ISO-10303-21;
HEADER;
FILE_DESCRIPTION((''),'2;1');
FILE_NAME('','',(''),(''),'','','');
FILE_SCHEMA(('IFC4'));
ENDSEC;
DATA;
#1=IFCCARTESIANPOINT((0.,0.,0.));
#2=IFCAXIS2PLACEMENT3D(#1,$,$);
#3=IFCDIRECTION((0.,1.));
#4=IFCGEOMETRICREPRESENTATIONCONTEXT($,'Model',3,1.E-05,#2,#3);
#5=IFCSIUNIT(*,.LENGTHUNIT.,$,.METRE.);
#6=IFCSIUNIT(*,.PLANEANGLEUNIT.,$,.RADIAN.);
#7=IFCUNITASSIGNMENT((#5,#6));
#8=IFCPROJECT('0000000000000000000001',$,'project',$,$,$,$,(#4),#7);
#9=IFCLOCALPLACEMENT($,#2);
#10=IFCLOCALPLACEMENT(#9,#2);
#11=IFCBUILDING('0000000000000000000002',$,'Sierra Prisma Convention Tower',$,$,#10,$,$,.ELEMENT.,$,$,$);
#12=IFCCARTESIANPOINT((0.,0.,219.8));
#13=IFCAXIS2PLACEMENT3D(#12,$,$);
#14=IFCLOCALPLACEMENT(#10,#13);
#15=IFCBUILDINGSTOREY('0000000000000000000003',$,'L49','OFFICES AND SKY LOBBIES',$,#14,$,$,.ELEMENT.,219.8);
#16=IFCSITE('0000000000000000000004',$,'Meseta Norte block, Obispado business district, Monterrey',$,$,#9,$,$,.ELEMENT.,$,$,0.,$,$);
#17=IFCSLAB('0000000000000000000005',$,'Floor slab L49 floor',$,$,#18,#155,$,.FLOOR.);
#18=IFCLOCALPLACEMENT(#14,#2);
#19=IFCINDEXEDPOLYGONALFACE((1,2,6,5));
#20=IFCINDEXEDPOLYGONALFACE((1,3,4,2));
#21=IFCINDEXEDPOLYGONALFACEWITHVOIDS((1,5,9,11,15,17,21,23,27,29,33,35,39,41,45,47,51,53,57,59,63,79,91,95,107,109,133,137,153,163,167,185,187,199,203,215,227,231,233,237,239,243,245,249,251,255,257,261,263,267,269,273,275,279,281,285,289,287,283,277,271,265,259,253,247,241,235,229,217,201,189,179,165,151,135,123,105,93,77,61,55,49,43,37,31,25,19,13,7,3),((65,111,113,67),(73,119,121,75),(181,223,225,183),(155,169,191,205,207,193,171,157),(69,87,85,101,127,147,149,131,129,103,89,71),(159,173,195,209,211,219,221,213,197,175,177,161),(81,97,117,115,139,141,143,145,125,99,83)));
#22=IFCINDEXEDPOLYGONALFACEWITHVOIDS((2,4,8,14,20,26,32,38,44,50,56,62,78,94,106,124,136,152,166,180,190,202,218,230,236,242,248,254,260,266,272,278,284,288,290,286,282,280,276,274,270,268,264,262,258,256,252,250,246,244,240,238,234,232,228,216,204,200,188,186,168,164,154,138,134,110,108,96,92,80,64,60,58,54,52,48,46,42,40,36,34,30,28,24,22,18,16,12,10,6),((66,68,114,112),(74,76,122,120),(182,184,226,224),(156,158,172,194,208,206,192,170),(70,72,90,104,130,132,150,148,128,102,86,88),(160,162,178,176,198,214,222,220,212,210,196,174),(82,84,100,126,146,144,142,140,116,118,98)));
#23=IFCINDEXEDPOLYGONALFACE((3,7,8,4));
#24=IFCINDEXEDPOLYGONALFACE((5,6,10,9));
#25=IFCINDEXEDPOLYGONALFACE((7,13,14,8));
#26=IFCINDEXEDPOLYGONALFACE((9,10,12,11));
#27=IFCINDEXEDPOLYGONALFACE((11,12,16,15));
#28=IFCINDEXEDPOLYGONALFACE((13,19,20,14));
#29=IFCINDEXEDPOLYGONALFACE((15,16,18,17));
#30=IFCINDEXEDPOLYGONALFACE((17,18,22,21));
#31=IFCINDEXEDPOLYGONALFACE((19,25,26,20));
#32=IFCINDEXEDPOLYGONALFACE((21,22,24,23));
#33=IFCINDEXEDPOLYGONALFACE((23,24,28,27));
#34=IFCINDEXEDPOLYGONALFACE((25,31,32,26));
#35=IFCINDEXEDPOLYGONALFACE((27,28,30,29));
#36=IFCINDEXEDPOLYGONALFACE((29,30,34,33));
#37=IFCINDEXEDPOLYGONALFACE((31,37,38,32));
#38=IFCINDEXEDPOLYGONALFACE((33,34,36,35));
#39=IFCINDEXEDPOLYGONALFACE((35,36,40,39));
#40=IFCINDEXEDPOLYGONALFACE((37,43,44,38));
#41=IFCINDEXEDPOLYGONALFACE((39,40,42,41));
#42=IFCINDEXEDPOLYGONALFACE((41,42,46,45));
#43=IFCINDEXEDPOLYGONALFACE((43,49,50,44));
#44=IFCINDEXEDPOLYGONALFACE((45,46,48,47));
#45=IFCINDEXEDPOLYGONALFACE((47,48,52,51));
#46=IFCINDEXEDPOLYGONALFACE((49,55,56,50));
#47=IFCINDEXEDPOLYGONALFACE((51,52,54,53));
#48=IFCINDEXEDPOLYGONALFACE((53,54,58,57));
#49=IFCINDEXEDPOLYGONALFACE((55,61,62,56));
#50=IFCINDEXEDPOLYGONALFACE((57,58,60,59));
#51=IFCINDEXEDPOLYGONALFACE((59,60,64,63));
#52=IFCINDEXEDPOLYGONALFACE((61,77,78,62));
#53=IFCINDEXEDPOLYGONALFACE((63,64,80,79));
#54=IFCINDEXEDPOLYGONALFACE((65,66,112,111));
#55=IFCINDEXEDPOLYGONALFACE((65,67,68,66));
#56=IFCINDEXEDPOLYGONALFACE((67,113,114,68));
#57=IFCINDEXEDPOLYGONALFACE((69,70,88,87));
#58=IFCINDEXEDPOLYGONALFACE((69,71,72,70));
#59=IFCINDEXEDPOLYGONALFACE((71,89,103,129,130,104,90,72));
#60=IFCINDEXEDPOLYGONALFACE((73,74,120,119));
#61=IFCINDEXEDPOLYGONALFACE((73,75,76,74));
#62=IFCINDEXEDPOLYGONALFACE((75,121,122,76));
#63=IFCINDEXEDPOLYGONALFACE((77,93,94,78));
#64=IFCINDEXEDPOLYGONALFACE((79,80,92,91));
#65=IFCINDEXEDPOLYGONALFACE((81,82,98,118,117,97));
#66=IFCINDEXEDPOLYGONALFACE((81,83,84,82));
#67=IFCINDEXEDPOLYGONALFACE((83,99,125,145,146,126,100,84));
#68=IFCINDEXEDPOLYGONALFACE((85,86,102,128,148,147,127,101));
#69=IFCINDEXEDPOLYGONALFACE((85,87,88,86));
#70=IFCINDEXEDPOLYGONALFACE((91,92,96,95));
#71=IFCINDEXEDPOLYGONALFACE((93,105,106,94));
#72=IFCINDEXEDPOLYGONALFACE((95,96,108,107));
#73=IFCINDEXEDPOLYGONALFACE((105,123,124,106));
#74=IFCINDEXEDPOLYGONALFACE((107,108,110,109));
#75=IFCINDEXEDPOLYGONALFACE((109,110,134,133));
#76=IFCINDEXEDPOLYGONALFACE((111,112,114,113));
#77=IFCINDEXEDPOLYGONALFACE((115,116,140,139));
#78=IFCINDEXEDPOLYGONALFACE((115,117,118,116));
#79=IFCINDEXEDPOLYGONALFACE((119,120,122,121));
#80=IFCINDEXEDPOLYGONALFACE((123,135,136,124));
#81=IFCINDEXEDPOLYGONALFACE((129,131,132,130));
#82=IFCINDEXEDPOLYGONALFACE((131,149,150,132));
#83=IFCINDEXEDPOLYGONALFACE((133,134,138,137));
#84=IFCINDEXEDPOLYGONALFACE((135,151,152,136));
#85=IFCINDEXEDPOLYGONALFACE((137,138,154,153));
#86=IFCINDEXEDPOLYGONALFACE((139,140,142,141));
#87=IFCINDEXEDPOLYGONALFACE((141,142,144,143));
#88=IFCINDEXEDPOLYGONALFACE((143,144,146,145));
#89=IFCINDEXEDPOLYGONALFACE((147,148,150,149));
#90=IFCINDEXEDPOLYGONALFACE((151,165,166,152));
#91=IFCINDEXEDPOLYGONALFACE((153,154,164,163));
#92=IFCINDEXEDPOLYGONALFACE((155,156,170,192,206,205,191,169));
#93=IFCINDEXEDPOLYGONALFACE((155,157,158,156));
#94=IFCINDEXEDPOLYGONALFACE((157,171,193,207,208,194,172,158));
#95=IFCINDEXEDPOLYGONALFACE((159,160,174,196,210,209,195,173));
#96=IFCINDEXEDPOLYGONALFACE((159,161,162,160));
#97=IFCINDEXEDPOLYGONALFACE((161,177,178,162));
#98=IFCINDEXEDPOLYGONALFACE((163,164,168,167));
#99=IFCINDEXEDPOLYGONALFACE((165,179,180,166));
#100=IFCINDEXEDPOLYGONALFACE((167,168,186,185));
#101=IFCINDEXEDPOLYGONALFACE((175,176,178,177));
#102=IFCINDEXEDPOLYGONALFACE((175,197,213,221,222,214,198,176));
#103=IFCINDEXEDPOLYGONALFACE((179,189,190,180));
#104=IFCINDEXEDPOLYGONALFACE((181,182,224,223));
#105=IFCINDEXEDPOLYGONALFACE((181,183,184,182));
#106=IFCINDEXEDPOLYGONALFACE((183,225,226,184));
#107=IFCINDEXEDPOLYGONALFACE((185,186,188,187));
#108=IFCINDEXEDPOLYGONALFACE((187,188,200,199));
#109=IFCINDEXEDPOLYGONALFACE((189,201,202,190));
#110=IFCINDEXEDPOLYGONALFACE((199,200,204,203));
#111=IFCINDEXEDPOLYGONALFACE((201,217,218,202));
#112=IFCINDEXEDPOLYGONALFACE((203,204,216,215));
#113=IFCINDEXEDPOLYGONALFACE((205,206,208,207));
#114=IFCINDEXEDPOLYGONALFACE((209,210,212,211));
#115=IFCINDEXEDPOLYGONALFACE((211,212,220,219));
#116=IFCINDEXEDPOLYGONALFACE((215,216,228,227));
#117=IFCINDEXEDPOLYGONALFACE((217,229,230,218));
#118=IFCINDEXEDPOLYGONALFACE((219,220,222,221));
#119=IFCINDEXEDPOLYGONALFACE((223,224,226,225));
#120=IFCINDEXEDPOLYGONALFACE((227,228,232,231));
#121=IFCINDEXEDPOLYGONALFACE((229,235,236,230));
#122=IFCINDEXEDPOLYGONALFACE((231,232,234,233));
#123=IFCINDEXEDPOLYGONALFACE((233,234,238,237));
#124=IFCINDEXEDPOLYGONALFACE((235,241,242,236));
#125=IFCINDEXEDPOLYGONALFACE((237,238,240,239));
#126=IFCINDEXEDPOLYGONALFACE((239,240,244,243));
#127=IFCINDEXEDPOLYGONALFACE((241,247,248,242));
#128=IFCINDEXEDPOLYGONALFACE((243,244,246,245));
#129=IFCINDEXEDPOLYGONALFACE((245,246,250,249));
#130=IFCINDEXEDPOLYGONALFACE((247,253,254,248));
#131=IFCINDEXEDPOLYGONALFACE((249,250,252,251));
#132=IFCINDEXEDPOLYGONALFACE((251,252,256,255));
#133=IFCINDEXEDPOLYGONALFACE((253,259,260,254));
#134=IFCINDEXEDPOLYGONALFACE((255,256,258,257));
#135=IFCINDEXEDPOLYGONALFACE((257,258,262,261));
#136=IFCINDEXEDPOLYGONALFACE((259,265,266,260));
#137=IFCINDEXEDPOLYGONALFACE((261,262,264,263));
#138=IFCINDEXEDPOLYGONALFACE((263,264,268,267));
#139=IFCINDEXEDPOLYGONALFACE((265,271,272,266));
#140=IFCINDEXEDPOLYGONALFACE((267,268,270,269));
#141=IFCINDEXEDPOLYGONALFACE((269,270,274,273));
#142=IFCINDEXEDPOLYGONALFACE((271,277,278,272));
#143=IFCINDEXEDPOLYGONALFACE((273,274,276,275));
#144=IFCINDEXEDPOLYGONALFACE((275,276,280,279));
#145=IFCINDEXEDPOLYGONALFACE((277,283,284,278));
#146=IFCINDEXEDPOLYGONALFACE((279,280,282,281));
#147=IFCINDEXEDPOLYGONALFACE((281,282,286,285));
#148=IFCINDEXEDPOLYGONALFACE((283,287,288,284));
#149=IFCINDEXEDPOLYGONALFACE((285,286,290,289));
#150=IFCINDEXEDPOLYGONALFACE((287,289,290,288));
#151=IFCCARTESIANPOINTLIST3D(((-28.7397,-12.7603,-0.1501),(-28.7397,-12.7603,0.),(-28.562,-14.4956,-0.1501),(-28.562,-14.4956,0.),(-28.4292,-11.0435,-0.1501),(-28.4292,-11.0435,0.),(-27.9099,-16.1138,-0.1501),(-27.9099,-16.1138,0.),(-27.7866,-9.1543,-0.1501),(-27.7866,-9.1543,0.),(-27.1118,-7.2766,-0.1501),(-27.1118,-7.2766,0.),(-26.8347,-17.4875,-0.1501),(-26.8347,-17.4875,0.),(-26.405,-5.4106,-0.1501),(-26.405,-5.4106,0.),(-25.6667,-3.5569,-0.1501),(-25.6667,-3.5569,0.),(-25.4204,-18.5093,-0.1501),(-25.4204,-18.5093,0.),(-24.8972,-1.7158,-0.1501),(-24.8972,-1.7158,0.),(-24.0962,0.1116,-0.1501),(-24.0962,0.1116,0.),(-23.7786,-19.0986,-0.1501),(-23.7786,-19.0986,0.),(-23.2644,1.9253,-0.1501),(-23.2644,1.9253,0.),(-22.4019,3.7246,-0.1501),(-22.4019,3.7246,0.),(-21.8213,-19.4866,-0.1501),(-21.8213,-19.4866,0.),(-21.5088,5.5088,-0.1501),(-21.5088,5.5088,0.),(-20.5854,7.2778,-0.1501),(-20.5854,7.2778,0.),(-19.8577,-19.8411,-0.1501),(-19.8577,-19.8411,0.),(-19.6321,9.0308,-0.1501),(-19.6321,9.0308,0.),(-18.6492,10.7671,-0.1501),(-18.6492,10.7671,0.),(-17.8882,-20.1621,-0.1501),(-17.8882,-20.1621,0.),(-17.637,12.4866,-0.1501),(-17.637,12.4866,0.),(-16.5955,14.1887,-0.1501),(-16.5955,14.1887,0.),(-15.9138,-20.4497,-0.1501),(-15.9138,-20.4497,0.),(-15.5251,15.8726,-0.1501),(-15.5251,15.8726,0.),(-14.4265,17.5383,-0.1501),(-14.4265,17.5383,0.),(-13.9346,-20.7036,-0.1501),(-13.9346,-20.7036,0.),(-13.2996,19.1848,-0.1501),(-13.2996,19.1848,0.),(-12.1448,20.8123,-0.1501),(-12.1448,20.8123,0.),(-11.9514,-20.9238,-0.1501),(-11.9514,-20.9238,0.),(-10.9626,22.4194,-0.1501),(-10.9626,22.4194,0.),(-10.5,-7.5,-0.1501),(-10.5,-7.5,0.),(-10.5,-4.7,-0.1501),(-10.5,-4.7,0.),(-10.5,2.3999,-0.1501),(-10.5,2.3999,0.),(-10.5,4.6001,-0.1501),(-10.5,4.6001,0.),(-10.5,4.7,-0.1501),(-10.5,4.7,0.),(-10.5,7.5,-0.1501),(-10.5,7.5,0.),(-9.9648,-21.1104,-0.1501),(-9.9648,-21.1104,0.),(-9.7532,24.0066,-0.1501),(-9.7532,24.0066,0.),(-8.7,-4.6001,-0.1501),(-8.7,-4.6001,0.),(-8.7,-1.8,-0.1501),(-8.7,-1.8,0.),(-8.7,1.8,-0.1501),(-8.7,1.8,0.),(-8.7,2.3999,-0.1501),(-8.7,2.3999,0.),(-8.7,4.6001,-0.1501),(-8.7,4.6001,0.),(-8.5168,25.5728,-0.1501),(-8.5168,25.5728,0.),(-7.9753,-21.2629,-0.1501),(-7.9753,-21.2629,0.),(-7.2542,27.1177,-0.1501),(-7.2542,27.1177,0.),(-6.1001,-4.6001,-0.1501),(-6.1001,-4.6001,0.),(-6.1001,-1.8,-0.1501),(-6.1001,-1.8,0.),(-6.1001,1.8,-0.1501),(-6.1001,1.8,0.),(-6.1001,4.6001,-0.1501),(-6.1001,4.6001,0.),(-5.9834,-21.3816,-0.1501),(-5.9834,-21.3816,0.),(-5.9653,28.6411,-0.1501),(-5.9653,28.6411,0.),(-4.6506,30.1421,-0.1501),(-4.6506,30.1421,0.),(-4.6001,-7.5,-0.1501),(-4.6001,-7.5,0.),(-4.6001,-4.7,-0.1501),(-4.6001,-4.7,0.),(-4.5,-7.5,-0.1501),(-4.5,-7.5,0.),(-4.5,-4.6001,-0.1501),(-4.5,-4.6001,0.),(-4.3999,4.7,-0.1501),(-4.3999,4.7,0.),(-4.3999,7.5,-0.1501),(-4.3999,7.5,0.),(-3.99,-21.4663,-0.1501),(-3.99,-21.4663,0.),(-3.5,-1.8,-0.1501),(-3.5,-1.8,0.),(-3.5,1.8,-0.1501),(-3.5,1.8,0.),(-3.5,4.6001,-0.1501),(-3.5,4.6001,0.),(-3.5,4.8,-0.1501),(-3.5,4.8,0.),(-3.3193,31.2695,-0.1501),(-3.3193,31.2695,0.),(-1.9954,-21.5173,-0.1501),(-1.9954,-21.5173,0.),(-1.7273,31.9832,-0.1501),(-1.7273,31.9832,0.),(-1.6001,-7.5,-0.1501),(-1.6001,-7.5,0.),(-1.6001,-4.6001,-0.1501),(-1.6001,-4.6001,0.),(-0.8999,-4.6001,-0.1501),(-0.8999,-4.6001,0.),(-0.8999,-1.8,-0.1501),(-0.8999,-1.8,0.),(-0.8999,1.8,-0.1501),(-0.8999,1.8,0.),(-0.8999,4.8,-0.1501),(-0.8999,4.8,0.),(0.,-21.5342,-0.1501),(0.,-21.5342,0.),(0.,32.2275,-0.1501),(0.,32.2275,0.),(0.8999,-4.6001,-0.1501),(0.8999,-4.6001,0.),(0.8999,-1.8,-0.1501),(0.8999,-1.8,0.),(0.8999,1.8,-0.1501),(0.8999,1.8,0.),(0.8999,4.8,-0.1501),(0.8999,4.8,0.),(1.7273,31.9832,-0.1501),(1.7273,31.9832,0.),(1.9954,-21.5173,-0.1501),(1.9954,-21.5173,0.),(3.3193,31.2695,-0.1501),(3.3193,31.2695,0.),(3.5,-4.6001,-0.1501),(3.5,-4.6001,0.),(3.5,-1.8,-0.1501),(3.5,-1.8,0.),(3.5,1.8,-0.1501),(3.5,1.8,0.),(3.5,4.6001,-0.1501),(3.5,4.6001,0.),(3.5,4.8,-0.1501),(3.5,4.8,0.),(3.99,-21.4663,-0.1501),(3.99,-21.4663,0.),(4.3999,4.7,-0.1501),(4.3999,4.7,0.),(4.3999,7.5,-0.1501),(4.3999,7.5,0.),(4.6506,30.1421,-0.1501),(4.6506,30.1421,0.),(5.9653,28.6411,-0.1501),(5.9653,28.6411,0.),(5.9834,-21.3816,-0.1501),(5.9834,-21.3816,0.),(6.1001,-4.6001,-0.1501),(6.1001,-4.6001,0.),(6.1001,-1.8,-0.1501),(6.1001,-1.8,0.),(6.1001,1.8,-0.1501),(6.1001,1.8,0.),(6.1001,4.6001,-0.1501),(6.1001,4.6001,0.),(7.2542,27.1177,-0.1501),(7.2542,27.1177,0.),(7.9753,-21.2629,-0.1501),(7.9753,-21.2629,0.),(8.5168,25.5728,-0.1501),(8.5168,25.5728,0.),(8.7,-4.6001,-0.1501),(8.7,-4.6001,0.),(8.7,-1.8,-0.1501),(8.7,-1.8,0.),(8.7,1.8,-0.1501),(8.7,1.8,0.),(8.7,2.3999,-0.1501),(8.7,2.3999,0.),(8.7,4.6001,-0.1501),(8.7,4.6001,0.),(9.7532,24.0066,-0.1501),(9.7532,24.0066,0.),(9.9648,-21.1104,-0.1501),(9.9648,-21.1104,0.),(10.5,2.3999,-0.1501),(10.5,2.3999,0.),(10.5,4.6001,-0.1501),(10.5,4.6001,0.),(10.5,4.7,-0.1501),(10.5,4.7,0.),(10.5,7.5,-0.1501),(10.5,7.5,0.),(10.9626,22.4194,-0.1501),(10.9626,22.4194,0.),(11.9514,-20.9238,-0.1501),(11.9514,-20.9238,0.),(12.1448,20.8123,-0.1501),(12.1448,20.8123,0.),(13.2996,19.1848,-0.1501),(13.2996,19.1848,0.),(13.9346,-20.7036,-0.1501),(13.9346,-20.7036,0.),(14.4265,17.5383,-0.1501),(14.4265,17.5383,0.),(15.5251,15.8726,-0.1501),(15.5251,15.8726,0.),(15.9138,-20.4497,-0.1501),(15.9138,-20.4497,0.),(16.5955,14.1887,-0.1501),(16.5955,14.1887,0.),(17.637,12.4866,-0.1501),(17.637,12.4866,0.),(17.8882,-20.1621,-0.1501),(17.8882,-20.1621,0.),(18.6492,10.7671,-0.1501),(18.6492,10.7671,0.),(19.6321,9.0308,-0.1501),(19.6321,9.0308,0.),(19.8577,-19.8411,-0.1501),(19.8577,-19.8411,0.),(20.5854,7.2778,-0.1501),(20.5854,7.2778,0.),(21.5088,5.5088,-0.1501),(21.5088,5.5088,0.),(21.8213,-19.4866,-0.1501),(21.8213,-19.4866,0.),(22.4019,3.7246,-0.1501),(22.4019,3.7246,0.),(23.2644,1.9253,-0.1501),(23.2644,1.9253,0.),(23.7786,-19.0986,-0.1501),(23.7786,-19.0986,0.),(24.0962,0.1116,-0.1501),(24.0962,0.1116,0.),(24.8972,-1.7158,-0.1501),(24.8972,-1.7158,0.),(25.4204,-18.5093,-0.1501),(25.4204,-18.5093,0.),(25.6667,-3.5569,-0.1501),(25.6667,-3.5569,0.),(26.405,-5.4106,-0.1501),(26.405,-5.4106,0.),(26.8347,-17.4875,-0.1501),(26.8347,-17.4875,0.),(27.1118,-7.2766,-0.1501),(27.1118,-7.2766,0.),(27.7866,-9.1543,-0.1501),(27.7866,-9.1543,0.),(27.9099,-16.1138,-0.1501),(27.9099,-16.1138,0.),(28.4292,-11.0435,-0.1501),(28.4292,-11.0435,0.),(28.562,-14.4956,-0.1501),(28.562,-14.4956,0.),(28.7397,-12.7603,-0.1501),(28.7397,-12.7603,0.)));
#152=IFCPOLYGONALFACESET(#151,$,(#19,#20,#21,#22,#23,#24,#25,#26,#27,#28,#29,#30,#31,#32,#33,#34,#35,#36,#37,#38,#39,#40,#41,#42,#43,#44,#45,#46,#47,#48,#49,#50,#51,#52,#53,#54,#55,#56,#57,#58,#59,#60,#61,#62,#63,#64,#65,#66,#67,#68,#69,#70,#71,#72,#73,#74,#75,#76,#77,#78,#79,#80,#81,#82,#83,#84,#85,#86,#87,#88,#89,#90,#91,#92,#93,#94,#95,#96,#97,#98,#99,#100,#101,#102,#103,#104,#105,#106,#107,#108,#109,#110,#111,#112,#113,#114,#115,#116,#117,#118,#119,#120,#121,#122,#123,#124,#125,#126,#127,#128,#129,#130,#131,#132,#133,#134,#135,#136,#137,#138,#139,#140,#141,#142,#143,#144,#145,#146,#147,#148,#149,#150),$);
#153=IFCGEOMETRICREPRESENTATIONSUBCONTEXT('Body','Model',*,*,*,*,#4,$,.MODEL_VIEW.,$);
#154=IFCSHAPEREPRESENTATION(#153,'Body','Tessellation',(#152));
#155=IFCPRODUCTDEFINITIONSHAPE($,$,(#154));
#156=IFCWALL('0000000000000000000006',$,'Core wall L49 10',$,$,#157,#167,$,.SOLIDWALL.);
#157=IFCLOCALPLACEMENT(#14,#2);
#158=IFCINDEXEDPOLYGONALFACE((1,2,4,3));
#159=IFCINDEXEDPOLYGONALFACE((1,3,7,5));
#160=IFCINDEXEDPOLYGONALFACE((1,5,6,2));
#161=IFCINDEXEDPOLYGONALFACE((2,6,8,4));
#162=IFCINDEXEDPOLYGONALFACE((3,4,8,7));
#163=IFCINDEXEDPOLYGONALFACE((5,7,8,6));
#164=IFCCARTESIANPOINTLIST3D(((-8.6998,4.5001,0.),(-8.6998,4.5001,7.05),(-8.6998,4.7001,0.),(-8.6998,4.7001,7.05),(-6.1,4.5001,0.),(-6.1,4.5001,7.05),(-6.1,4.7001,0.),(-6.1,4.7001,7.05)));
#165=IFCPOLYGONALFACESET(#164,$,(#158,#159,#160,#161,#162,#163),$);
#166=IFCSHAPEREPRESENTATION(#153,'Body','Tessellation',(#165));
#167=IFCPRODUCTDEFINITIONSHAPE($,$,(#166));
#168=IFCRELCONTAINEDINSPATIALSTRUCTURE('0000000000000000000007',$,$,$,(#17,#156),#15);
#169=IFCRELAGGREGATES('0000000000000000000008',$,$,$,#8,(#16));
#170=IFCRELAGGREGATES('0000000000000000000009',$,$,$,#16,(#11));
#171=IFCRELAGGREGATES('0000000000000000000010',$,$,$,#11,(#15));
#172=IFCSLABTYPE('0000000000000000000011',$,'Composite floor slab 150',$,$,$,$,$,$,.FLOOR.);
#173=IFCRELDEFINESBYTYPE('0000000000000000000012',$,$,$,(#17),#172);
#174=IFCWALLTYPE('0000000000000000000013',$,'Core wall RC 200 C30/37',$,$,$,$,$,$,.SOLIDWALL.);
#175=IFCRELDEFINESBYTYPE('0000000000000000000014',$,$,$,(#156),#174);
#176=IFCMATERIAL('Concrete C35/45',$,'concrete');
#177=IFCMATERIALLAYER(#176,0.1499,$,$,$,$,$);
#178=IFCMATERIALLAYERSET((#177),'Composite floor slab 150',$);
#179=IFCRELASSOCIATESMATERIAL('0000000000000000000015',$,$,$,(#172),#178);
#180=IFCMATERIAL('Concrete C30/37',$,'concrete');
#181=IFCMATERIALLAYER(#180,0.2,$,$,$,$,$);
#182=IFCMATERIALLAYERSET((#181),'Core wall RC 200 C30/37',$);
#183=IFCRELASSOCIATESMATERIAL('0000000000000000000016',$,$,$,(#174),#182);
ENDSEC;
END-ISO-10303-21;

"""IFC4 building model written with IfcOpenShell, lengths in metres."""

from ifc_helpers import new_model, si_unit, direction, frame, frame_2d, origin, place, context, subcontext, project, spatial, polyline, rectangle, outline, extrude, material, layer, layer_set, type_object, element, save


model = new_model("IFC4")

# Units and contexts
model_context = context("Model", 3, precision=1e-05, world=origin(), true_north=direction((0.0, 1.0)))
body_context = subcontext(model_context, "Body", "Model", "MODEL_VIEW")
ifc_project = project(units=[si_unit("LENGTHUNIT", "METRE"), si_unit("PLANEANGLEUNIT", "RADIAN")], contexts=[model_context])

# Site, building, storey
site_placement = place(None, origin())
site = spatial("IfcSite", under=ifc_project, at=site_placement, Name="Meseta Norte block, Obispado business district, Monterrey", CompositionType="ELEMENT", RefElevation=0.0)
building_placement = place(site_placement, origin())
building = spatial("IfcBuilding", under=site, at=building_placement, Name="Sierra Prisma Convention Tower", CompositionType="ELEMENT")
storey_placement = place(building_placement, frame((0.0, 0.0, 219.8)))
storey = spatial("IfcBuildingStorey", under=building, at=storey_placement, Name="L49", Description="OFFICES AND SKY LOBBIES", CompositionType="ELEMENT", Elevation=219.8)

# Slab
ifc_material_1 = material(Name="Concrete C35/45", Category="concrete")
ifc_layer_1 = layer(ifc_material_1, 0.1499)
ifc_layer_set_1 = layer_set([ifc_layer_1], Name="Composite floor slab 150")
slab_type = type_object("IfcSlabType", Name="Composite floor slab 150", PredefinedType="FLOOR", material=ifc_layer_set_1)
slab_placement = place(storey_placement, frame((0.0, 0.0, -0.1501)))
element("IfcSlab", 1, at=slab_placement, inside=storey, type_object=slab_type, Name="Floor slab L49 floor", PredefinedType="FLOOR", context=body_context, shape_type="SweptSolid", body=[
    extrude(outline(polyline([(-23.7786, -19.0986), (-21.8213, -19.4866), (-19.8577, -19.8411), (-17.8882, -20.1621), (-15.9138, -20.4497), (-13.9346, -20.7036), (-11.9514, -20.9238), (-9.9648, -21.1104), (-7.9753, -21.2629), (-5.9834, -21.3816), (-3.99, -21.4663), (-1.9954, -21.5173), (0.0, -21.5342), (1.9954, -21.5173), (3.99, -21.4663), (5.9834, -21.3816), (7.9753, -21.2629), (9.9648, -21.1104), (11.9514, -20.9238), (13.9346, -20.7036), (15.9138, -20.4497), (17.8882, -20.1621), (19.8577, -19.8411), (21.8213, -19.4866), (23.7786, -19.0986), (25.4204, -18.5093), (26.8347, -17.4875), (27.9099, -16.1138), (28.562, -14.4956), (28.7397, -12.7603), (28.4292, -11.0435), (27.7866, -9.1543), (27.1118, -7.2766), (26.405, -5.4106), (25.6667, -3.5569), (24.8972, -1.7158), (24.0962, 0.1116), (23.2644, 1.9253), (22.4019, 3.7246), (21.5088, 5.5088), (20.5854, 7.2778), (19.6321, 9.0308), (18.6492, 10.7671), (17.637, 12.4866), (16.5955, 14.1887), (15.5251, 15.8726), (14.4265, 17.5383), (13.2996, 19.1848), (12.1448, 20.8123), (10.9626, 22.4194), (9.7532, 24.0066), (8.5168, 25.5728), (7.2542, 27.1177), (5.9653, 28.6411), (4.6506, 30.1421), (3.3193, 31.2695), (1.7273, 31.9832), (0.0, 32.2275), (-1.7273, 31.9832), (-3.3193, 31.2695), (-4.6506, 30.1421), (-5.9653, 28.6411), (-7.2542, 27.1177), (-8.5168, 25.5728), (-9.7532, 24.0066), (-10.9626, 22.4194), (-12.1448, 20.8123), (-13.2996, 19.1848), (-14.4265, 17.5383), (-15.5251, 15.8726), (-16.5955, 14.1887), (-17.637, 12.4866), (-18.6492, 10.7671), (-19.6321, 9.0308), (-20.5854, 7.2778), (-21.5088, 5.5088), (-22.4019, 3.7246), (-23.2644, 1.9253), (-24.0962, 0.1116), (-24.8972, -1.7158), (-25.6667, -3.5569), (-26.405, -5.4106), (-27.1118, -7.2766), (-27.7866, -9.1543), (-28.4292, -11.0435), (-28.7397, -12.7603), (-28.562, -14.4956), (-27.9099, -16.1138), (-26.8347, -17.4875), (-25.4204, -18.5093), (-23.7786, -19.0986)]), holes=[polyline([(-4.6001, -7.5), (-10.5, -7.5), (-10.5, -4.7), (-4.6001, -4.7), (-4.6001, -7.5)]), polyline([(-8.7, -4.6001), (-8.7, -1.8), (-6.1001, -1.8), (-3.5, -1.8), (-0.8999, -1.8), (-0.8999, -4.6001), (-1.6001, -4.6001), (-1.6001, -7.5), (-4.5, -7.5), (-4.5, -4.6001), (-6.1001, -4.6001), (-8.7, -4.6001)]), polyline([(-10.5, 4.6001), (-8.7, 4.6001), (-6.1001, 4.6001), (-3.5, 4.6001), (-3.5, 4.8), (-0.8999, 4.8), (-0.8999, 1.8), (-3.5, 1.8), (-6.1001, 1.8), (-8.7, 1.8), (-8.7, 2.3999), (-10.5, 2.3999), (-10.5, 4.6001)]), polyline([(-10.5, 4.7), (-10.5, 7.5), (-4.3999, 7.5), (-4.3999, 4.7), (-10.5, 4.7)]), polyline([(6.1001, -1.8), (8.7, -1.8), (8.7, -4.6001), (6.1001, -4.6001), (3.5, -4.6001), (0.8999, -4.6001), (0.8999, -1.8), (3.5, -1.8), (6.1001, -1.8)]), polyline([(8.7, 4.6001), (10.5, 4.6001), (10.5, 2.3999), (8.7, 2.3999), (8.7, 1.8), (6.1001, 1.8), (3.5, 1.8), (0.8999, 1.8), (0.8999, 4.8), (3.5, 4.8), (3.5, 4.6001), (6.1001, 4.6001), (8.7, 4.6001)]), polyline([(4.3999, 4.7), (4.3999, 7.5), (10.5, 7.5), (10.5, 4.7), (4.3999, 4.7)])]), origin(), (0.0, 0.0, 1.0), 0.1501),
])

# Shared definitions
ifc_material_2 = material(Name="Concrete C30/37", Category="concrete")
ifc_layer_2 = layer(ifc_material_2, 0.2)
ifc_layer_set_2 = layer_set([ifc_layer_2], Name="Core wall RC 200 C30/37")
wall_type = type_object("IfcWallType", Name="Core wall RC 200 C30/37", PredefinedType="SOLIDWALL", material=ifc_layer_set_2)

# Wall
wall_1_placement = place(storey_placement, frame((-6.1001, 4.6001, 0.0), z_axis=(0.0, 0.0, 1.0), x_axis=(-1.0, 0.0, 0.0)))
element("IfcWall", 2, at=wall_1_placement, inside=storey, type_object=wall_type, Name="Core wall L49 10", PredefinedType="SOLIDWALL", context=body_context, shape_type="SweptSolid", body=[
    extrude(rectangle(XDim=2.5999, YDim=0.2, at=frame_2d((1.2998, 0.0))), origin(), (0.0, 0.0, 1.0), 7.05),
])

save(model, "model.ifc")
